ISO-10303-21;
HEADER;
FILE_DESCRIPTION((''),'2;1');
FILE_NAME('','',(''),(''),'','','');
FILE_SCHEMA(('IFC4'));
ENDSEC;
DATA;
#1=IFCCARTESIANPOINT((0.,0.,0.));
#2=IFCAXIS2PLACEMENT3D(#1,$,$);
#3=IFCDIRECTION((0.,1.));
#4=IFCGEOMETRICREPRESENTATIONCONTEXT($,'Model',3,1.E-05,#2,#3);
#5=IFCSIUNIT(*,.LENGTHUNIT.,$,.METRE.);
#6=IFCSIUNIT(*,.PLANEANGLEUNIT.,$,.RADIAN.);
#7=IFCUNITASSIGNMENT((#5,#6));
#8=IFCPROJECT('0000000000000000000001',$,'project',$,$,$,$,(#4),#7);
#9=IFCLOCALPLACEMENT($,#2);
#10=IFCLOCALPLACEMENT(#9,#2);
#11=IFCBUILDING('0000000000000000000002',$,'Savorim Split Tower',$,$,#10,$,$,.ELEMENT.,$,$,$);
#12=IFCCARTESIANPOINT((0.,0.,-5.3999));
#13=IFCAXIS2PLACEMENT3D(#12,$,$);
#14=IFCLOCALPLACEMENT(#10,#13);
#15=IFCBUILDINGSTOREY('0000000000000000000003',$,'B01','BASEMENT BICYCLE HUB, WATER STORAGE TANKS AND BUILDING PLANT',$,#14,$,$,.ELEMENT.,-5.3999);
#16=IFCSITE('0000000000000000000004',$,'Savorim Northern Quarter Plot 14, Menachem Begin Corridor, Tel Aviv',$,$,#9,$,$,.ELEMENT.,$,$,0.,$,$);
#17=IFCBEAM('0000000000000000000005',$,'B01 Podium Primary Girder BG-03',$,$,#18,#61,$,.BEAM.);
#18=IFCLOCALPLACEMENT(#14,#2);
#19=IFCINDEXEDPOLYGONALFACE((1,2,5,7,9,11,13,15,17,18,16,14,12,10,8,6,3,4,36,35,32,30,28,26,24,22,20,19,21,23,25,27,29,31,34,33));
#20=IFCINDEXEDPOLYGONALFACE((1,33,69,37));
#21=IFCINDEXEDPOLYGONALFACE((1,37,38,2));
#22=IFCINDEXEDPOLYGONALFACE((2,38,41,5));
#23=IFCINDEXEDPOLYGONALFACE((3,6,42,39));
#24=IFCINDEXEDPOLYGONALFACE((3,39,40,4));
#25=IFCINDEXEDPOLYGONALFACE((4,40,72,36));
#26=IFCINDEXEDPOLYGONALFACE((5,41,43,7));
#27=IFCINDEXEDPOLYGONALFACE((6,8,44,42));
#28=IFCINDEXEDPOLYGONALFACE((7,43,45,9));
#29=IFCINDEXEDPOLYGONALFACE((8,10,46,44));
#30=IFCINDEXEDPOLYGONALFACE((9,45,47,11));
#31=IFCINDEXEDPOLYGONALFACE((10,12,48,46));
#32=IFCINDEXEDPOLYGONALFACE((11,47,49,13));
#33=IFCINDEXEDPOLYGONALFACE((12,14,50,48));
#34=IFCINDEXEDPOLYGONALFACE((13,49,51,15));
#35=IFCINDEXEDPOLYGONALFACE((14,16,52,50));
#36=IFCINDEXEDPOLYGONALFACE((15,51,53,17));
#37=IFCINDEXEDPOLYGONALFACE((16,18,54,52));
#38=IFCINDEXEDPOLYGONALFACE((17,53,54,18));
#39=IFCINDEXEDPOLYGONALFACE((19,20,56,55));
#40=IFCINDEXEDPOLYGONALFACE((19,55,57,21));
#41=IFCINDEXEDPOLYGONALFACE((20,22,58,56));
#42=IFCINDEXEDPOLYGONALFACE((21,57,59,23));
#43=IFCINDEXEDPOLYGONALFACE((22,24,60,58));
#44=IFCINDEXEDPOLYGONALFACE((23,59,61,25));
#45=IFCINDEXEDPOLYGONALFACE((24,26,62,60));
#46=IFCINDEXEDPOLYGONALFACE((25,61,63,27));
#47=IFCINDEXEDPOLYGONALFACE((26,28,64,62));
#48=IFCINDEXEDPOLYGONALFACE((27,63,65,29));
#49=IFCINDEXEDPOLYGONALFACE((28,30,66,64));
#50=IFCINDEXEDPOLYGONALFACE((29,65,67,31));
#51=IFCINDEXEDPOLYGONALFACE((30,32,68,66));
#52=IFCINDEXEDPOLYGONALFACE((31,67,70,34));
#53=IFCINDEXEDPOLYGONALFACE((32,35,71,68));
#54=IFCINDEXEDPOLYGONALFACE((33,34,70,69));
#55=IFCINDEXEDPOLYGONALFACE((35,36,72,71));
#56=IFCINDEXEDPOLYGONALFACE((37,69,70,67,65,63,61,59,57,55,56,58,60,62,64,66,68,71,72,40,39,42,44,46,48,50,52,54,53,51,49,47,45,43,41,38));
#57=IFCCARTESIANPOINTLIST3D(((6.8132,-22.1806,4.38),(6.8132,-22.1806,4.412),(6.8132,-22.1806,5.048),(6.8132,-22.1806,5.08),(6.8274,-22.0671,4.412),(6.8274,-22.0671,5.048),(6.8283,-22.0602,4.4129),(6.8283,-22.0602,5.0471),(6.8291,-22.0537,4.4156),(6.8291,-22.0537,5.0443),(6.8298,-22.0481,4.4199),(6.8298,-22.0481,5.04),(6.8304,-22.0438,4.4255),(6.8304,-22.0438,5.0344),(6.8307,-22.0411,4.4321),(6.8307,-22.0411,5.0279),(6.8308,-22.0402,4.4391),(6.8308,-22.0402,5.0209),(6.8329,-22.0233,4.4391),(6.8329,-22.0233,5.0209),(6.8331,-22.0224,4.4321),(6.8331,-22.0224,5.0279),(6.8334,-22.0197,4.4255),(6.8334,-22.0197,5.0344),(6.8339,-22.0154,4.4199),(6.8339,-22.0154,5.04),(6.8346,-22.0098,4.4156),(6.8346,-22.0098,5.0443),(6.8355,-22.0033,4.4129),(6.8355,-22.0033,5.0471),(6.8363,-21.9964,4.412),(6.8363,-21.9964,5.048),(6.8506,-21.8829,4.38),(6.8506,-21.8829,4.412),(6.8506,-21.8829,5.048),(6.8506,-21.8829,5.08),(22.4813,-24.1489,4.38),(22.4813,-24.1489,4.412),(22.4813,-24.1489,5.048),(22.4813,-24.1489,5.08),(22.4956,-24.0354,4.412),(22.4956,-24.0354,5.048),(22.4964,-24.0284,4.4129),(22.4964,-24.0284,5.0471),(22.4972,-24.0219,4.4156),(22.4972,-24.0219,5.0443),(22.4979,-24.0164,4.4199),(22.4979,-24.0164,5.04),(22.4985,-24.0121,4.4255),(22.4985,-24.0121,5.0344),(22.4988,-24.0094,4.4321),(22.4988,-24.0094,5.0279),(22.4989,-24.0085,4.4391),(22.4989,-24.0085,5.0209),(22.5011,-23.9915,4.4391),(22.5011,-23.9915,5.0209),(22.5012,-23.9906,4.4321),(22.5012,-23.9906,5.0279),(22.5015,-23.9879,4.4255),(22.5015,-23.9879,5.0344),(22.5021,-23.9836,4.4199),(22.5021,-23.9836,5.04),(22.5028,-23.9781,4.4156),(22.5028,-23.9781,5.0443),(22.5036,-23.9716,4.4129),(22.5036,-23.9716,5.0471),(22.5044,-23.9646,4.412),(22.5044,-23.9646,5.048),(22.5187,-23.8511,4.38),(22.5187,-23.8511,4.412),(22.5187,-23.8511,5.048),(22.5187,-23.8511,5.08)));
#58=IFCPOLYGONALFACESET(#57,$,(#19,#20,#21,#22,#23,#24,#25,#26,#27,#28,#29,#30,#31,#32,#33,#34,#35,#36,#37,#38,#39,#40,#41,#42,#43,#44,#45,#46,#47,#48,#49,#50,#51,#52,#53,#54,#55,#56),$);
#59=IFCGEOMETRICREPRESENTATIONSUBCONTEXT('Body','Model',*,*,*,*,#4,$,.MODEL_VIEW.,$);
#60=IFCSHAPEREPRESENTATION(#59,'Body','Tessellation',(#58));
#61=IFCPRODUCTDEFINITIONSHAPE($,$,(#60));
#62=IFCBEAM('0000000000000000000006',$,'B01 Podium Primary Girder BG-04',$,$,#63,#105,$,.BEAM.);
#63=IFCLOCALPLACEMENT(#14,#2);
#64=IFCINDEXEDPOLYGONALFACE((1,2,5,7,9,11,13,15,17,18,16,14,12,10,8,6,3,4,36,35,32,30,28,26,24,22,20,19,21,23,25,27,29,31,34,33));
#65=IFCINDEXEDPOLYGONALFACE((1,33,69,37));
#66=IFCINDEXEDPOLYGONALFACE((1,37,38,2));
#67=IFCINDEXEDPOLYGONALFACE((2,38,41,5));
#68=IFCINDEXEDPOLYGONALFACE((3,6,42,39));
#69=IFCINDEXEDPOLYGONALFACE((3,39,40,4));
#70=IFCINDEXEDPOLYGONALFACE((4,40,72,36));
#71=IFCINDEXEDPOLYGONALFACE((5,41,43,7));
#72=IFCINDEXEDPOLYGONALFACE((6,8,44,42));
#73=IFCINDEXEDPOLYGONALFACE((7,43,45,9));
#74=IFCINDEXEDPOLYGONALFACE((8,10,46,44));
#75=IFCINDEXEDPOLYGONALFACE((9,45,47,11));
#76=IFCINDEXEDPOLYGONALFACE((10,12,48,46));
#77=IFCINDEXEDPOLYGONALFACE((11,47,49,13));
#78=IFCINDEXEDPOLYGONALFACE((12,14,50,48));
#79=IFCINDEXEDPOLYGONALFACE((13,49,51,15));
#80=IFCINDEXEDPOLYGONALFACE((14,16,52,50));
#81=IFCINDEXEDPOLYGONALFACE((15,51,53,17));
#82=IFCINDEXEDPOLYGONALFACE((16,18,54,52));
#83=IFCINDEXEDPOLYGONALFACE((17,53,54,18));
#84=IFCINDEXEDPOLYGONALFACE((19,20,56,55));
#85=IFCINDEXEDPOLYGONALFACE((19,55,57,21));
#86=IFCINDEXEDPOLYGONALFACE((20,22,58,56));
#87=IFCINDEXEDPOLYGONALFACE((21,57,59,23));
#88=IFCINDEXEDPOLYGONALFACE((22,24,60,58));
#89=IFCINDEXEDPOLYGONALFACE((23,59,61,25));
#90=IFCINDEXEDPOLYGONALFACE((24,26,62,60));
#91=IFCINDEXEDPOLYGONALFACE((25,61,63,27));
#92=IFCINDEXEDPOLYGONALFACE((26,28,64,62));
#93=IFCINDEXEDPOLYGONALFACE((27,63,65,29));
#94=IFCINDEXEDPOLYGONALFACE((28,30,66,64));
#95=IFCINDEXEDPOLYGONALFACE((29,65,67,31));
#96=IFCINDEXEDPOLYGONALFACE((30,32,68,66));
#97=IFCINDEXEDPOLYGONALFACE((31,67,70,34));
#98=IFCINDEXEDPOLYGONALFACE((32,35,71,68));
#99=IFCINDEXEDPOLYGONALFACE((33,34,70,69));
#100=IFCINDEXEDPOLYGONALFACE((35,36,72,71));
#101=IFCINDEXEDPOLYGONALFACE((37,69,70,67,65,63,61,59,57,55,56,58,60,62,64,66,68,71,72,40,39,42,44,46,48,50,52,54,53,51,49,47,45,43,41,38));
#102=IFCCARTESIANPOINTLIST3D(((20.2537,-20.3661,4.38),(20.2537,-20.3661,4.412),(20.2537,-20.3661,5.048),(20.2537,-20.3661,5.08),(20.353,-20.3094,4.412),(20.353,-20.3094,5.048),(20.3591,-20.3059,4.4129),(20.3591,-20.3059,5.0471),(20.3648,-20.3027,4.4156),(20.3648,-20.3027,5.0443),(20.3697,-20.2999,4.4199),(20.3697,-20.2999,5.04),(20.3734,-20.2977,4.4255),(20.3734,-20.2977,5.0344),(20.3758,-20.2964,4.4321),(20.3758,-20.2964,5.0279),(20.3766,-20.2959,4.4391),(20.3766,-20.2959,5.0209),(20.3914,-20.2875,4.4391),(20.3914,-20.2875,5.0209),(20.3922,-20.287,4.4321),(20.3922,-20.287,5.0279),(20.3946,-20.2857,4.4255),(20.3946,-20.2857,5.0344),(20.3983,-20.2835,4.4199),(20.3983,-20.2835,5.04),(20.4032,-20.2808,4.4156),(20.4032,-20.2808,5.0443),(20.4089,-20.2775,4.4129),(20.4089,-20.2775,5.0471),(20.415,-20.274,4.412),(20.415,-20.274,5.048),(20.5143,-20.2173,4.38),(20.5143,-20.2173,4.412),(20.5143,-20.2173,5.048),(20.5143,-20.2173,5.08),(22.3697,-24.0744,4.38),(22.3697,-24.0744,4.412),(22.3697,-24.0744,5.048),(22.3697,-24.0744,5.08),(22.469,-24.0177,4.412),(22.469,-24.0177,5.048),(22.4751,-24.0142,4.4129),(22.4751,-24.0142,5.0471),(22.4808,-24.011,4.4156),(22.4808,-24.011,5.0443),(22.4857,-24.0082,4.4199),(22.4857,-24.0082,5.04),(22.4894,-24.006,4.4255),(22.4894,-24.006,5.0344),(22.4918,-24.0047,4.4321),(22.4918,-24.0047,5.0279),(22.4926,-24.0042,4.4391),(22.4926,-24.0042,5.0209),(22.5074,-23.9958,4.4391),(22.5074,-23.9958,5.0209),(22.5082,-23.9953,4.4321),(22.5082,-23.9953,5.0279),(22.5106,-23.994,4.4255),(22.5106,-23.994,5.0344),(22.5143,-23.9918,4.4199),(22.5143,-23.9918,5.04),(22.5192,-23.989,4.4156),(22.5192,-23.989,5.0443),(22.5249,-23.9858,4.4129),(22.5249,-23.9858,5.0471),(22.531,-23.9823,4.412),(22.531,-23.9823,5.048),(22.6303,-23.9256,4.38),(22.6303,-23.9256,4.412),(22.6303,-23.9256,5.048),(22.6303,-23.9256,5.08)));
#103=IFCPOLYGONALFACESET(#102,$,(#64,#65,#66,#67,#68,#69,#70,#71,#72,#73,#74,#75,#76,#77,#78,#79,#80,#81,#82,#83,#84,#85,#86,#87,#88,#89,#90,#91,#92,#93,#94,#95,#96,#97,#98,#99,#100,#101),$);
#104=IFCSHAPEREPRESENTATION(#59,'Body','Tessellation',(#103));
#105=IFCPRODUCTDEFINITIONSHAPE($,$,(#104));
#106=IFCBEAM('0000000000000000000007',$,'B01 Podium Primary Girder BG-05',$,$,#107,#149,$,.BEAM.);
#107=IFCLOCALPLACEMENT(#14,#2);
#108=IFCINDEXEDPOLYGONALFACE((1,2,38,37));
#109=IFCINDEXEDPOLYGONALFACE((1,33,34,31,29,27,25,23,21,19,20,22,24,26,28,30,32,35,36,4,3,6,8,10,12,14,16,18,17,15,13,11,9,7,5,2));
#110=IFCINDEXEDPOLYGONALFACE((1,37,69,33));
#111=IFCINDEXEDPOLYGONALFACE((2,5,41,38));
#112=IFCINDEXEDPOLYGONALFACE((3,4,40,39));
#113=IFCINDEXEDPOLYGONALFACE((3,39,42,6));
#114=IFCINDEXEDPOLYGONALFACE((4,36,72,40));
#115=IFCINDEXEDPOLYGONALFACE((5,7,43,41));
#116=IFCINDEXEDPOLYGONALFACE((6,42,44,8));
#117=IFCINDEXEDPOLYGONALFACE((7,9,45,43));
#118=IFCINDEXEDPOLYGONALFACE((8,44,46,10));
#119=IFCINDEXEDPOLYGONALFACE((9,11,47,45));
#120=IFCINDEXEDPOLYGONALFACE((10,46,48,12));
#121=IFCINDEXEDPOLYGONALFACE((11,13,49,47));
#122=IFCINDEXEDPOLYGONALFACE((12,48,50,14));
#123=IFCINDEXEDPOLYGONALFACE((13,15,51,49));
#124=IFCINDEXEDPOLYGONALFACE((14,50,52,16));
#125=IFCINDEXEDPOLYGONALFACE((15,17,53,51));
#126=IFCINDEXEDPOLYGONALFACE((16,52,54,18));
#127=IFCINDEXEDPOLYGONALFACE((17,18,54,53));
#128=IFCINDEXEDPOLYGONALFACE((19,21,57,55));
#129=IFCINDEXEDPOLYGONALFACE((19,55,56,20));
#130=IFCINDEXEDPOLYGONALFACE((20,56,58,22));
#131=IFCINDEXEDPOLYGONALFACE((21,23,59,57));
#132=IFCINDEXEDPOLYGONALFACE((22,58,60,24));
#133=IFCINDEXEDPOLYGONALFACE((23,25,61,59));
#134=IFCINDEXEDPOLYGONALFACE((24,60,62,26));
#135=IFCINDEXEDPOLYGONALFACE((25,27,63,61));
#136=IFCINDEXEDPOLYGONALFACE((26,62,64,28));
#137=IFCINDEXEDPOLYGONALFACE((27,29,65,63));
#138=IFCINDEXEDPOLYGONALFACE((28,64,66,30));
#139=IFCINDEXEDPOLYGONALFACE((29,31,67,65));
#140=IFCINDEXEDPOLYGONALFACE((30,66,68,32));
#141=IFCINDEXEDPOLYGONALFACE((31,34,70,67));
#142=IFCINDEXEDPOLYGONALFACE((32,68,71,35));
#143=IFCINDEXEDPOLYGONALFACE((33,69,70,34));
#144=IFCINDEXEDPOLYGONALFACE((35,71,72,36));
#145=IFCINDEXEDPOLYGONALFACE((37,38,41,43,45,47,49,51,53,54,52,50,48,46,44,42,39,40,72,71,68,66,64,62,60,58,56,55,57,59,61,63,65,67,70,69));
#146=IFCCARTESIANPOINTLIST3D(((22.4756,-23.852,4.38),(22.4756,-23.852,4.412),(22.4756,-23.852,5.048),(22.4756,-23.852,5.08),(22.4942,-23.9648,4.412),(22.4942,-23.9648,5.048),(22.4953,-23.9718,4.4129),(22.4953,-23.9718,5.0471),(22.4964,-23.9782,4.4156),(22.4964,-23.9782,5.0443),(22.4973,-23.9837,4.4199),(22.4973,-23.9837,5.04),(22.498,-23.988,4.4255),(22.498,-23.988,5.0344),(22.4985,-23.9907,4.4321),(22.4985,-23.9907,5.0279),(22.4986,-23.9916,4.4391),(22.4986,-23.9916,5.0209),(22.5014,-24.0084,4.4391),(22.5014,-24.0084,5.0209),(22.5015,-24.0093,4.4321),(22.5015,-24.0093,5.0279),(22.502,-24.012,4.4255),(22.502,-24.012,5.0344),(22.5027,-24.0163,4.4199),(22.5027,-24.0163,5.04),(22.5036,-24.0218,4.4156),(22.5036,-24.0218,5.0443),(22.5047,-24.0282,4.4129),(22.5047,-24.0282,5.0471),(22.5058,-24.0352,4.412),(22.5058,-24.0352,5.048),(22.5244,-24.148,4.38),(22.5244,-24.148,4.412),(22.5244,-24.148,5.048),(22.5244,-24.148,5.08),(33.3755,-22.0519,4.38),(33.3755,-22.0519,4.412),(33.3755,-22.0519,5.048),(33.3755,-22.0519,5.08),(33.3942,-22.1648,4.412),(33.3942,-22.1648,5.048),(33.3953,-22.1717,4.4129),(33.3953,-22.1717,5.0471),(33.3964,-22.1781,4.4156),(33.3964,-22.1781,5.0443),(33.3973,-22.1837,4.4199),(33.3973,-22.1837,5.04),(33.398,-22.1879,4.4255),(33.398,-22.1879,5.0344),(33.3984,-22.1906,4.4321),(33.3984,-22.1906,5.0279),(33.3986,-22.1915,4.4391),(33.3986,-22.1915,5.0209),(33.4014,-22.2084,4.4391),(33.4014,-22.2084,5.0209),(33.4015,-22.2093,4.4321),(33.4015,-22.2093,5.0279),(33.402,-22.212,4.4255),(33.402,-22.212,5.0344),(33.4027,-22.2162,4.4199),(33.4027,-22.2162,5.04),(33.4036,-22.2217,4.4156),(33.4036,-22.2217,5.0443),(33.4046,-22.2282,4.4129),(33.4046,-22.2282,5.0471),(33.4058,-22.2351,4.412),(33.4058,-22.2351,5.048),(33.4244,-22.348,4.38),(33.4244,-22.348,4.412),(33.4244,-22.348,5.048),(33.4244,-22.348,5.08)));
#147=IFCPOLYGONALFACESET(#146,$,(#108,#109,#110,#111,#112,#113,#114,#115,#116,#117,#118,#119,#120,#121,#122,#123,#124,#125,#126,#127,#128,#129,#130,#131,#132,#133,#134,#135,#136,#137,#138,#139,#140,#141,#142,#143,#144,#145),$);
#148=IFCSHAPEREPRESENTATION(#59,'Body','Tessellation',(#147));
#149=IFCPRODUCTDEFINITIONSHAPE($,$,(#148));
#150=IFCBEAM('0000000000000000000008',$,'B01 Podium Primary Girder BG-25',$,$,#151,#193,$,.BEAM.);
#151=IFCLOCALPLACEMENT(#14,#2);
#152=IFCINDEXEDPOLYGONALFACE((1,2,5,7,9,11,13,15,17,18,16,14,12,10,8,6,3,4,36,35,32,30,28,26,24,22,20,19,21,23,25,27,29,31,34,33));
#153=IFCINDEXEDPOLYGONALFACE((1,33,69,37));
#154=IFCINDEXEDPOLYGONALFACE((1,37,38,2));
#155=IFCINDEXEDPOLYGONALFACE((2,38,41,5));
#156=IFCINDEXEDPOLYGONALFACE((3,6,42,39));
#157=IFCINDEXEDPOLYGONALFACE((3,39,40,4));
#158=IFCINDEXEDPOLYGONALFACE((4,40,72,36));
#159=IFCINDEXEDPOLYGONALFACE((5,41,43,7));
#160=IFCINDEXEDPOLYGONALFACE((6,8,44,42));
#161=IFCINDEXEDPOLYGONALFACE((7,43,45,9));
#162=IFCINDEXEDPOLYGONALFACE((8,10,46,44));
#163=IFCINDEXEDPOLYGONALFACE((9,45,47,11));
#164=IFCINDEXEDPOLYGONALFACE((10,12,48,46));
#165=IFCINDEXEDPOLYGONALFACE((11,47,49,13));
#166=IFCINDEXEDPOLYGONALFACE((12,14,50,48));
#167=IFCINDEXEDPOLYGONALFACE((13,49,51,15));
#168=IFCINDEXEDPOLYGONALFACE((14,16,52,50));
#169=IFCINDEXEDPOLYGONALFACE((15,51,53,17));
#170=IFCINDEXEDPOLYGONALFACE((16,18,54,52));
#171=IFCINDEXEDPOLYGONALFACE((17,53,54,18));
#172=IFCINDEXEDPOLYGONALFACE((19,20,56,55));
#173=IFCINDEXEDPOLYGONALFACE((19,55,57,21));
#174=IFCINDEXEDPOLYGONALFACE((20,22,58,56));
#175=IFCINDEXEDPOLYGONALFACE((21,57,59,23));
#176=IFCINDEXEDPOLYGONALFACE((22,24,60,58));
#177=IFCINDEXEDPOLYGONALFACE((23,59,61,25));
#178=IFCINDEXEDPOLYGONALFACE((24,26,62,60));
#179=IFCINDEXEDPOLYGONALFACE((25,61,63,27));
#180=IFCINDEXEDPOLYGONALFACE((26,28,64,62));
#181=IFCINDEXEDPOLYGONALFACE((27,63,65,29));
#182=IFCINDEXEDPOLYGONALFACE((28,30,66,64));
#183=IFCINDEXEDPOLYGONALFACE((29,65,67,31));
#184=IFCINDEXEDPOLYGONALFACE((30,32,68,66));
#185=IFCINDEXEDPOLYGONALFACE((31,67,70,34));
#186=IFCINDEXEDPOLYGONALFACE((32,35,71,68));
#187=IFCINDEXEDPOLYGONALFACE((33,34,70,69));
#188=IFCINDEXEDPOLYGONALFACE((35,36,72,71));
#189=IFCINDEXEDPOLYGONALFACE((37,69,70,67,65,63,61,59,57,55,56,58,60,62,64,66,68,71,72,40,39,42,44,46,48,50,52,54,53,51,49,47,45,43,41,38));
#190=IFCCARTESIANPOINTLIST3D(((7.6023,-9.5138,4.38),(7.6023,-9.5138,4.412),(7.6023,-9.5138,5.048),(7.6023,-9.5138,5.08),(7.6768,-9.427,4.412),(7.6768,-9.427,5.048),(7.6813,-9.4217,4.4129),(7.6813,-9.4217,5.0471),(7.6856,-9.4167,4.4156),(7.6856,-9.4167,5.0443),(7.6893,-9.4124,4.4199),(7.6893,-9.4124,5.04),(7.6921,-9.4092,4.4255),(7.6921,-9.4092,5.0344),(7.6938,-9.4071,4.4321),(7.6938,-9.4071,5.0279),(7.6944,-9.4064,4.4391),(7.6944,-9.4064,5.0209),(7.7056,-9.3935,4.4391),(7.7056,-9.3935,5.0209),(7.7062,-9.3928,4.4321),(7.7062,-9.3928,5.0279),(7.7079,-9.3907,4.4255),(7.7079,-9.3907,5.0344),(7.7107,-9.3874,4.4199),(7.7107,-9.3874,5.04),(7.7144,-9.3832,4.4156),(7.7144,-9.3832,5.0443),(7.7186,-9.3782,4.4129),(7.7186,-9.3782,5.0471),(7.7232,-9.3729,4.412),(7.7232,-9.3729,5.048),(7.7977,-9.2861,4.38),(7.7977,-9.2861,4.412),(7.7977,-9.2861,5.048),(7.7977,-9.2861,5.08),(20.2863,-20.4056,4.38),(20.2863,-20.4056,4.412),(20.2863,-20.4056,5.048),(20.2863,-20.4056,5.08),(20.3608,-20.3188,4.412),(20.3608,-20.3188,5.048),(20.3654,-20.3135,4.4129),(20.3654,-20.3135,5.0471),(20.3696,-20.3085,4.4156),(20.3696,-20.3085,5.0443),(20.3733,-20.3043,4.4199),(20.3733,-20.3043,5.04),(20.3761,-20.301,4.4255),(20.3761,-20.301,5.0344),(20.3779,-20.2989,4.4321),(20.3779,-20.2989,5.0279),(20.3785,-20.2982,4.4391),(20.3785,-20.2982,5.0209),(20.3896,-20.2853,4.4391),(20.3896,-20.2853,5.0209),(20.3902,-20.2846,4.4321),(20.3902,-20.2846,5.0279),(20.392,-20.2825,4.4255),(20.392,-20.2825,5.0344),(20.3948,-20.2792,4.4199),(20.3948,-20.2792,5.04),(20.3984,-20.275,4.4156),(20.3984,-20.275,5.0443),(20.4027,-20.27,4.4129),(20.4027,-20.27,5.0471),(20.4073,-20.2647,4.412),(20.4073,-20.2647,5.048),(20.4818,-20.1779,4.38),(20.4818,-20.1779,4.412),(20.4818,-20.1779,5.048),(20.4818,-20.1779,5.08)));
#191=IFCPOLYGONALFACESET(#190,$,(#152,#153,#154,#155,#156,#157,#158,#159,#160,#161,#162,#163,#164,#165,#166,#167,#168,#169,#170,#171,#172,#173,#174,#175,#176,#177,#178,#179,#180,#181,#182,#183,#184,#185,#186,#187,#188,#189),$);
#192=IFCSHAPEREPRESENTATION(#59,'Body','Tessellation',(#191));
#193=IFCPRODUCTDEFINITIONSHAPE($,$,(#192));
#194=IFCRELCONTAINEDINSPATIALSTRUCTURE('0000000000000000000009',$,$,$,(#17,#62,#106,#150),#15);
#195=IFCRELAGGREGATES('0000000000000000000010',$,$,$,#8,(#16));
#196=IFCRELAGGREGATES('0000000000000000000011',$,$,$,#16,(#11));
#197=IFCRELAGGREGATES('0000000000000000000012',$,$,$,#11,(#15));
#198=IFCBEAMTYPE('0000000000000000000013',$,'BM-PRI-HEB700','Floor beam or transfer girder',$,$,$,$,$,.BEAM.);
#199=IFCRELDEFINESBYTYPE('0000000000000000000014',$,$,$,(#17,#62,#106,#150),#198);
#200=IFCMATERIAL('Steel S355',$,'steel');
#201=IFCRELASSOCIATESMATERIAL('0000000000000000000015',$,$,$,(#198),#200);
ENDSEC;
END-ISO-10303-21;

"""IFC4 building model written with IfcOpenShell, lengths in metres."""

from ifc_helpers import new_model, si_unit, direction, frame, origin, origin_2d, place, context, subcontext, project, spatial, i_section, extrude, material, material_profile, profile_set, type_object, element, save


model = new_model("IFC4")

# Units and contexts
model_context = context("Model", 3, precision=1e-05, world=origin(), true_north=direction((0.0, 1.0)))
body_context = subcontext(model_context, "Body", "Model", "MODEL_VIEW")
ifc_project = project(units=[si_unit("LENGTHUNIT", "METRE"), si_unit("PLANEANGLEUNIT", "RADIAN")], contexts=[model_context])

# Site, building, storey
site_placement = place(None, origin())
site = spatial("IfcSite", under=ifc_project, at=site_placement, Name="Savorim Northern Quarter Plot 14, Menachem Begin Corridor, Tel Aviv", CompositionType="ELEMENT", RefElevation=0.0)
building_placement = place(site_placement, origin())
building = spatial("IfcBuilding", under=site, at=building_placement, Name="Savorim Split Tower", CompositionType="ELEMENT")
storey_placement = place(building_placement, frame((0.0, 0.0, -5.3999)))
storey = spatial("IfcBuildingStorey", under=building, at=storey_placement, Name="B01", Description="BASEMENT BICYCLE HUB, WATER STORAGE TANKS AND BUILDING PLANT", CompositionType="ELEMENT", Elevation=-5.3999)

# Beams
ifc_material_1 = material(Name="Steel S355", Category="steel")
ifc_material_profile_1 = material_profile(ifc_material_1, i_section(OverallWidth=0.3, OverallDepth=0.7, WebThickness=0.0171, FlangeThickness=0.032, FilletRadius=0.0271, at=origin_2d()), Name="HEB 700")
ifc_profile_set_1 = profile_set([ifc_material_profile_1], Name="Steel S355")
beam_type_1 = type_object("IfcBeamType", Name="BM-PRI-HEB700", Description="Floor beam or transfer girder", PredefinedType="BEAM", material=ifc_profile_set_1)
beam_1_placement = place(storey_placement, frame((22.5, -24.0, 4.73), z_axis=(-0.992202, 0.124642, 0.0), x_axis=(-0.124642, -0.992202, 0.0)))
element("IfcBeam", 1, at=beam_1_placement, inside=storey, type_object=beam_type_1, Name="B01 Podium Primary Girder BG-03", PredefinedType="BEAM", context=body_context, shape_type="SweptSolid", body=[
    extrude(i_section(OverallWidth=0.3, OverallDepth=0.7, WebThickness=0.0171, FlangeThickness=0.032, FilletRadius=0.0271, at=origin_2d()), origin(), (0.0, 0.0, 1.0), 15.7913),
])
beam_2_placement = place(storey_placement, frame((22.5, -24.0, 4.73), z_axis=(-0.495603, 0.868549, 0.0), x_axis=(-0.868549, -0.495603, 0.0)))
element("IfcBeam", 2, at=beam_2_placement, inside=storey, type_object=beam_type_1, Name="B01 Podium Primary Girder BG-04", PredefinedType="BEAM", context=body_context, shape_type="SweptSolid", body=[
    extrude(i_section(OverallWidth=0.3, OverallDepth=0.7, WebThickness=0.0171, FlangeThickness=0.032, FilletRadius=0.0271, at=origin_2d()), origin(), (0.0, 0.0, 1.0), 4.2695),
])
beam_3_placement = place(storey_placement, frame((22.5, -24.0, 4.73), z_axis=(0.986637, 0.162937, 0.0), x_axis=(-0.162937, 0.986637, 0.0)))
element("IfcBeam", 3, at=beam_3_placement, inside=storey, type_object=beam_type_1, Name="B01 Podium Primary Girder BG-05", PredefinedType="BEAM", context=body_context, shape_type="SweptSolid", body=[
    extrude(i_section(OverallWidth=0.3, OverallDepth=0.7, WebThickness=0.0171, FlangeThickness=0.032, FilletRadius=0.0271, at=origin_2d()), origin(), (0.0, 0.0, 1.0), 11.0476),
])
beam_4_placement = place(storey_placement, frame((20.384, -20.2917, 4.73), z_axis=(-0.758672, 0.651473, 0.0), x_axis=(-0.651473, -0.758672, 0.0)))
element("IfcBeam", 4, at=beam_4_placement, inside=storey, type_object=beam_type_1, Name="B01 Podium Primary Girder BG-25", PredefinedType="BEAM", context=body_context, shape_type="SweptSolid", body=[
    extrude(i_section(OverallWidth=0.3, OverallDepth=0.7, WebThickness=0.0171, FlangeThickness=0.032, FilletRadius=0.0271, at=origin_2d()), origin(), (0.0, 0.0, 1.0), 16.7188),
])

save(model, "model.ifc")
